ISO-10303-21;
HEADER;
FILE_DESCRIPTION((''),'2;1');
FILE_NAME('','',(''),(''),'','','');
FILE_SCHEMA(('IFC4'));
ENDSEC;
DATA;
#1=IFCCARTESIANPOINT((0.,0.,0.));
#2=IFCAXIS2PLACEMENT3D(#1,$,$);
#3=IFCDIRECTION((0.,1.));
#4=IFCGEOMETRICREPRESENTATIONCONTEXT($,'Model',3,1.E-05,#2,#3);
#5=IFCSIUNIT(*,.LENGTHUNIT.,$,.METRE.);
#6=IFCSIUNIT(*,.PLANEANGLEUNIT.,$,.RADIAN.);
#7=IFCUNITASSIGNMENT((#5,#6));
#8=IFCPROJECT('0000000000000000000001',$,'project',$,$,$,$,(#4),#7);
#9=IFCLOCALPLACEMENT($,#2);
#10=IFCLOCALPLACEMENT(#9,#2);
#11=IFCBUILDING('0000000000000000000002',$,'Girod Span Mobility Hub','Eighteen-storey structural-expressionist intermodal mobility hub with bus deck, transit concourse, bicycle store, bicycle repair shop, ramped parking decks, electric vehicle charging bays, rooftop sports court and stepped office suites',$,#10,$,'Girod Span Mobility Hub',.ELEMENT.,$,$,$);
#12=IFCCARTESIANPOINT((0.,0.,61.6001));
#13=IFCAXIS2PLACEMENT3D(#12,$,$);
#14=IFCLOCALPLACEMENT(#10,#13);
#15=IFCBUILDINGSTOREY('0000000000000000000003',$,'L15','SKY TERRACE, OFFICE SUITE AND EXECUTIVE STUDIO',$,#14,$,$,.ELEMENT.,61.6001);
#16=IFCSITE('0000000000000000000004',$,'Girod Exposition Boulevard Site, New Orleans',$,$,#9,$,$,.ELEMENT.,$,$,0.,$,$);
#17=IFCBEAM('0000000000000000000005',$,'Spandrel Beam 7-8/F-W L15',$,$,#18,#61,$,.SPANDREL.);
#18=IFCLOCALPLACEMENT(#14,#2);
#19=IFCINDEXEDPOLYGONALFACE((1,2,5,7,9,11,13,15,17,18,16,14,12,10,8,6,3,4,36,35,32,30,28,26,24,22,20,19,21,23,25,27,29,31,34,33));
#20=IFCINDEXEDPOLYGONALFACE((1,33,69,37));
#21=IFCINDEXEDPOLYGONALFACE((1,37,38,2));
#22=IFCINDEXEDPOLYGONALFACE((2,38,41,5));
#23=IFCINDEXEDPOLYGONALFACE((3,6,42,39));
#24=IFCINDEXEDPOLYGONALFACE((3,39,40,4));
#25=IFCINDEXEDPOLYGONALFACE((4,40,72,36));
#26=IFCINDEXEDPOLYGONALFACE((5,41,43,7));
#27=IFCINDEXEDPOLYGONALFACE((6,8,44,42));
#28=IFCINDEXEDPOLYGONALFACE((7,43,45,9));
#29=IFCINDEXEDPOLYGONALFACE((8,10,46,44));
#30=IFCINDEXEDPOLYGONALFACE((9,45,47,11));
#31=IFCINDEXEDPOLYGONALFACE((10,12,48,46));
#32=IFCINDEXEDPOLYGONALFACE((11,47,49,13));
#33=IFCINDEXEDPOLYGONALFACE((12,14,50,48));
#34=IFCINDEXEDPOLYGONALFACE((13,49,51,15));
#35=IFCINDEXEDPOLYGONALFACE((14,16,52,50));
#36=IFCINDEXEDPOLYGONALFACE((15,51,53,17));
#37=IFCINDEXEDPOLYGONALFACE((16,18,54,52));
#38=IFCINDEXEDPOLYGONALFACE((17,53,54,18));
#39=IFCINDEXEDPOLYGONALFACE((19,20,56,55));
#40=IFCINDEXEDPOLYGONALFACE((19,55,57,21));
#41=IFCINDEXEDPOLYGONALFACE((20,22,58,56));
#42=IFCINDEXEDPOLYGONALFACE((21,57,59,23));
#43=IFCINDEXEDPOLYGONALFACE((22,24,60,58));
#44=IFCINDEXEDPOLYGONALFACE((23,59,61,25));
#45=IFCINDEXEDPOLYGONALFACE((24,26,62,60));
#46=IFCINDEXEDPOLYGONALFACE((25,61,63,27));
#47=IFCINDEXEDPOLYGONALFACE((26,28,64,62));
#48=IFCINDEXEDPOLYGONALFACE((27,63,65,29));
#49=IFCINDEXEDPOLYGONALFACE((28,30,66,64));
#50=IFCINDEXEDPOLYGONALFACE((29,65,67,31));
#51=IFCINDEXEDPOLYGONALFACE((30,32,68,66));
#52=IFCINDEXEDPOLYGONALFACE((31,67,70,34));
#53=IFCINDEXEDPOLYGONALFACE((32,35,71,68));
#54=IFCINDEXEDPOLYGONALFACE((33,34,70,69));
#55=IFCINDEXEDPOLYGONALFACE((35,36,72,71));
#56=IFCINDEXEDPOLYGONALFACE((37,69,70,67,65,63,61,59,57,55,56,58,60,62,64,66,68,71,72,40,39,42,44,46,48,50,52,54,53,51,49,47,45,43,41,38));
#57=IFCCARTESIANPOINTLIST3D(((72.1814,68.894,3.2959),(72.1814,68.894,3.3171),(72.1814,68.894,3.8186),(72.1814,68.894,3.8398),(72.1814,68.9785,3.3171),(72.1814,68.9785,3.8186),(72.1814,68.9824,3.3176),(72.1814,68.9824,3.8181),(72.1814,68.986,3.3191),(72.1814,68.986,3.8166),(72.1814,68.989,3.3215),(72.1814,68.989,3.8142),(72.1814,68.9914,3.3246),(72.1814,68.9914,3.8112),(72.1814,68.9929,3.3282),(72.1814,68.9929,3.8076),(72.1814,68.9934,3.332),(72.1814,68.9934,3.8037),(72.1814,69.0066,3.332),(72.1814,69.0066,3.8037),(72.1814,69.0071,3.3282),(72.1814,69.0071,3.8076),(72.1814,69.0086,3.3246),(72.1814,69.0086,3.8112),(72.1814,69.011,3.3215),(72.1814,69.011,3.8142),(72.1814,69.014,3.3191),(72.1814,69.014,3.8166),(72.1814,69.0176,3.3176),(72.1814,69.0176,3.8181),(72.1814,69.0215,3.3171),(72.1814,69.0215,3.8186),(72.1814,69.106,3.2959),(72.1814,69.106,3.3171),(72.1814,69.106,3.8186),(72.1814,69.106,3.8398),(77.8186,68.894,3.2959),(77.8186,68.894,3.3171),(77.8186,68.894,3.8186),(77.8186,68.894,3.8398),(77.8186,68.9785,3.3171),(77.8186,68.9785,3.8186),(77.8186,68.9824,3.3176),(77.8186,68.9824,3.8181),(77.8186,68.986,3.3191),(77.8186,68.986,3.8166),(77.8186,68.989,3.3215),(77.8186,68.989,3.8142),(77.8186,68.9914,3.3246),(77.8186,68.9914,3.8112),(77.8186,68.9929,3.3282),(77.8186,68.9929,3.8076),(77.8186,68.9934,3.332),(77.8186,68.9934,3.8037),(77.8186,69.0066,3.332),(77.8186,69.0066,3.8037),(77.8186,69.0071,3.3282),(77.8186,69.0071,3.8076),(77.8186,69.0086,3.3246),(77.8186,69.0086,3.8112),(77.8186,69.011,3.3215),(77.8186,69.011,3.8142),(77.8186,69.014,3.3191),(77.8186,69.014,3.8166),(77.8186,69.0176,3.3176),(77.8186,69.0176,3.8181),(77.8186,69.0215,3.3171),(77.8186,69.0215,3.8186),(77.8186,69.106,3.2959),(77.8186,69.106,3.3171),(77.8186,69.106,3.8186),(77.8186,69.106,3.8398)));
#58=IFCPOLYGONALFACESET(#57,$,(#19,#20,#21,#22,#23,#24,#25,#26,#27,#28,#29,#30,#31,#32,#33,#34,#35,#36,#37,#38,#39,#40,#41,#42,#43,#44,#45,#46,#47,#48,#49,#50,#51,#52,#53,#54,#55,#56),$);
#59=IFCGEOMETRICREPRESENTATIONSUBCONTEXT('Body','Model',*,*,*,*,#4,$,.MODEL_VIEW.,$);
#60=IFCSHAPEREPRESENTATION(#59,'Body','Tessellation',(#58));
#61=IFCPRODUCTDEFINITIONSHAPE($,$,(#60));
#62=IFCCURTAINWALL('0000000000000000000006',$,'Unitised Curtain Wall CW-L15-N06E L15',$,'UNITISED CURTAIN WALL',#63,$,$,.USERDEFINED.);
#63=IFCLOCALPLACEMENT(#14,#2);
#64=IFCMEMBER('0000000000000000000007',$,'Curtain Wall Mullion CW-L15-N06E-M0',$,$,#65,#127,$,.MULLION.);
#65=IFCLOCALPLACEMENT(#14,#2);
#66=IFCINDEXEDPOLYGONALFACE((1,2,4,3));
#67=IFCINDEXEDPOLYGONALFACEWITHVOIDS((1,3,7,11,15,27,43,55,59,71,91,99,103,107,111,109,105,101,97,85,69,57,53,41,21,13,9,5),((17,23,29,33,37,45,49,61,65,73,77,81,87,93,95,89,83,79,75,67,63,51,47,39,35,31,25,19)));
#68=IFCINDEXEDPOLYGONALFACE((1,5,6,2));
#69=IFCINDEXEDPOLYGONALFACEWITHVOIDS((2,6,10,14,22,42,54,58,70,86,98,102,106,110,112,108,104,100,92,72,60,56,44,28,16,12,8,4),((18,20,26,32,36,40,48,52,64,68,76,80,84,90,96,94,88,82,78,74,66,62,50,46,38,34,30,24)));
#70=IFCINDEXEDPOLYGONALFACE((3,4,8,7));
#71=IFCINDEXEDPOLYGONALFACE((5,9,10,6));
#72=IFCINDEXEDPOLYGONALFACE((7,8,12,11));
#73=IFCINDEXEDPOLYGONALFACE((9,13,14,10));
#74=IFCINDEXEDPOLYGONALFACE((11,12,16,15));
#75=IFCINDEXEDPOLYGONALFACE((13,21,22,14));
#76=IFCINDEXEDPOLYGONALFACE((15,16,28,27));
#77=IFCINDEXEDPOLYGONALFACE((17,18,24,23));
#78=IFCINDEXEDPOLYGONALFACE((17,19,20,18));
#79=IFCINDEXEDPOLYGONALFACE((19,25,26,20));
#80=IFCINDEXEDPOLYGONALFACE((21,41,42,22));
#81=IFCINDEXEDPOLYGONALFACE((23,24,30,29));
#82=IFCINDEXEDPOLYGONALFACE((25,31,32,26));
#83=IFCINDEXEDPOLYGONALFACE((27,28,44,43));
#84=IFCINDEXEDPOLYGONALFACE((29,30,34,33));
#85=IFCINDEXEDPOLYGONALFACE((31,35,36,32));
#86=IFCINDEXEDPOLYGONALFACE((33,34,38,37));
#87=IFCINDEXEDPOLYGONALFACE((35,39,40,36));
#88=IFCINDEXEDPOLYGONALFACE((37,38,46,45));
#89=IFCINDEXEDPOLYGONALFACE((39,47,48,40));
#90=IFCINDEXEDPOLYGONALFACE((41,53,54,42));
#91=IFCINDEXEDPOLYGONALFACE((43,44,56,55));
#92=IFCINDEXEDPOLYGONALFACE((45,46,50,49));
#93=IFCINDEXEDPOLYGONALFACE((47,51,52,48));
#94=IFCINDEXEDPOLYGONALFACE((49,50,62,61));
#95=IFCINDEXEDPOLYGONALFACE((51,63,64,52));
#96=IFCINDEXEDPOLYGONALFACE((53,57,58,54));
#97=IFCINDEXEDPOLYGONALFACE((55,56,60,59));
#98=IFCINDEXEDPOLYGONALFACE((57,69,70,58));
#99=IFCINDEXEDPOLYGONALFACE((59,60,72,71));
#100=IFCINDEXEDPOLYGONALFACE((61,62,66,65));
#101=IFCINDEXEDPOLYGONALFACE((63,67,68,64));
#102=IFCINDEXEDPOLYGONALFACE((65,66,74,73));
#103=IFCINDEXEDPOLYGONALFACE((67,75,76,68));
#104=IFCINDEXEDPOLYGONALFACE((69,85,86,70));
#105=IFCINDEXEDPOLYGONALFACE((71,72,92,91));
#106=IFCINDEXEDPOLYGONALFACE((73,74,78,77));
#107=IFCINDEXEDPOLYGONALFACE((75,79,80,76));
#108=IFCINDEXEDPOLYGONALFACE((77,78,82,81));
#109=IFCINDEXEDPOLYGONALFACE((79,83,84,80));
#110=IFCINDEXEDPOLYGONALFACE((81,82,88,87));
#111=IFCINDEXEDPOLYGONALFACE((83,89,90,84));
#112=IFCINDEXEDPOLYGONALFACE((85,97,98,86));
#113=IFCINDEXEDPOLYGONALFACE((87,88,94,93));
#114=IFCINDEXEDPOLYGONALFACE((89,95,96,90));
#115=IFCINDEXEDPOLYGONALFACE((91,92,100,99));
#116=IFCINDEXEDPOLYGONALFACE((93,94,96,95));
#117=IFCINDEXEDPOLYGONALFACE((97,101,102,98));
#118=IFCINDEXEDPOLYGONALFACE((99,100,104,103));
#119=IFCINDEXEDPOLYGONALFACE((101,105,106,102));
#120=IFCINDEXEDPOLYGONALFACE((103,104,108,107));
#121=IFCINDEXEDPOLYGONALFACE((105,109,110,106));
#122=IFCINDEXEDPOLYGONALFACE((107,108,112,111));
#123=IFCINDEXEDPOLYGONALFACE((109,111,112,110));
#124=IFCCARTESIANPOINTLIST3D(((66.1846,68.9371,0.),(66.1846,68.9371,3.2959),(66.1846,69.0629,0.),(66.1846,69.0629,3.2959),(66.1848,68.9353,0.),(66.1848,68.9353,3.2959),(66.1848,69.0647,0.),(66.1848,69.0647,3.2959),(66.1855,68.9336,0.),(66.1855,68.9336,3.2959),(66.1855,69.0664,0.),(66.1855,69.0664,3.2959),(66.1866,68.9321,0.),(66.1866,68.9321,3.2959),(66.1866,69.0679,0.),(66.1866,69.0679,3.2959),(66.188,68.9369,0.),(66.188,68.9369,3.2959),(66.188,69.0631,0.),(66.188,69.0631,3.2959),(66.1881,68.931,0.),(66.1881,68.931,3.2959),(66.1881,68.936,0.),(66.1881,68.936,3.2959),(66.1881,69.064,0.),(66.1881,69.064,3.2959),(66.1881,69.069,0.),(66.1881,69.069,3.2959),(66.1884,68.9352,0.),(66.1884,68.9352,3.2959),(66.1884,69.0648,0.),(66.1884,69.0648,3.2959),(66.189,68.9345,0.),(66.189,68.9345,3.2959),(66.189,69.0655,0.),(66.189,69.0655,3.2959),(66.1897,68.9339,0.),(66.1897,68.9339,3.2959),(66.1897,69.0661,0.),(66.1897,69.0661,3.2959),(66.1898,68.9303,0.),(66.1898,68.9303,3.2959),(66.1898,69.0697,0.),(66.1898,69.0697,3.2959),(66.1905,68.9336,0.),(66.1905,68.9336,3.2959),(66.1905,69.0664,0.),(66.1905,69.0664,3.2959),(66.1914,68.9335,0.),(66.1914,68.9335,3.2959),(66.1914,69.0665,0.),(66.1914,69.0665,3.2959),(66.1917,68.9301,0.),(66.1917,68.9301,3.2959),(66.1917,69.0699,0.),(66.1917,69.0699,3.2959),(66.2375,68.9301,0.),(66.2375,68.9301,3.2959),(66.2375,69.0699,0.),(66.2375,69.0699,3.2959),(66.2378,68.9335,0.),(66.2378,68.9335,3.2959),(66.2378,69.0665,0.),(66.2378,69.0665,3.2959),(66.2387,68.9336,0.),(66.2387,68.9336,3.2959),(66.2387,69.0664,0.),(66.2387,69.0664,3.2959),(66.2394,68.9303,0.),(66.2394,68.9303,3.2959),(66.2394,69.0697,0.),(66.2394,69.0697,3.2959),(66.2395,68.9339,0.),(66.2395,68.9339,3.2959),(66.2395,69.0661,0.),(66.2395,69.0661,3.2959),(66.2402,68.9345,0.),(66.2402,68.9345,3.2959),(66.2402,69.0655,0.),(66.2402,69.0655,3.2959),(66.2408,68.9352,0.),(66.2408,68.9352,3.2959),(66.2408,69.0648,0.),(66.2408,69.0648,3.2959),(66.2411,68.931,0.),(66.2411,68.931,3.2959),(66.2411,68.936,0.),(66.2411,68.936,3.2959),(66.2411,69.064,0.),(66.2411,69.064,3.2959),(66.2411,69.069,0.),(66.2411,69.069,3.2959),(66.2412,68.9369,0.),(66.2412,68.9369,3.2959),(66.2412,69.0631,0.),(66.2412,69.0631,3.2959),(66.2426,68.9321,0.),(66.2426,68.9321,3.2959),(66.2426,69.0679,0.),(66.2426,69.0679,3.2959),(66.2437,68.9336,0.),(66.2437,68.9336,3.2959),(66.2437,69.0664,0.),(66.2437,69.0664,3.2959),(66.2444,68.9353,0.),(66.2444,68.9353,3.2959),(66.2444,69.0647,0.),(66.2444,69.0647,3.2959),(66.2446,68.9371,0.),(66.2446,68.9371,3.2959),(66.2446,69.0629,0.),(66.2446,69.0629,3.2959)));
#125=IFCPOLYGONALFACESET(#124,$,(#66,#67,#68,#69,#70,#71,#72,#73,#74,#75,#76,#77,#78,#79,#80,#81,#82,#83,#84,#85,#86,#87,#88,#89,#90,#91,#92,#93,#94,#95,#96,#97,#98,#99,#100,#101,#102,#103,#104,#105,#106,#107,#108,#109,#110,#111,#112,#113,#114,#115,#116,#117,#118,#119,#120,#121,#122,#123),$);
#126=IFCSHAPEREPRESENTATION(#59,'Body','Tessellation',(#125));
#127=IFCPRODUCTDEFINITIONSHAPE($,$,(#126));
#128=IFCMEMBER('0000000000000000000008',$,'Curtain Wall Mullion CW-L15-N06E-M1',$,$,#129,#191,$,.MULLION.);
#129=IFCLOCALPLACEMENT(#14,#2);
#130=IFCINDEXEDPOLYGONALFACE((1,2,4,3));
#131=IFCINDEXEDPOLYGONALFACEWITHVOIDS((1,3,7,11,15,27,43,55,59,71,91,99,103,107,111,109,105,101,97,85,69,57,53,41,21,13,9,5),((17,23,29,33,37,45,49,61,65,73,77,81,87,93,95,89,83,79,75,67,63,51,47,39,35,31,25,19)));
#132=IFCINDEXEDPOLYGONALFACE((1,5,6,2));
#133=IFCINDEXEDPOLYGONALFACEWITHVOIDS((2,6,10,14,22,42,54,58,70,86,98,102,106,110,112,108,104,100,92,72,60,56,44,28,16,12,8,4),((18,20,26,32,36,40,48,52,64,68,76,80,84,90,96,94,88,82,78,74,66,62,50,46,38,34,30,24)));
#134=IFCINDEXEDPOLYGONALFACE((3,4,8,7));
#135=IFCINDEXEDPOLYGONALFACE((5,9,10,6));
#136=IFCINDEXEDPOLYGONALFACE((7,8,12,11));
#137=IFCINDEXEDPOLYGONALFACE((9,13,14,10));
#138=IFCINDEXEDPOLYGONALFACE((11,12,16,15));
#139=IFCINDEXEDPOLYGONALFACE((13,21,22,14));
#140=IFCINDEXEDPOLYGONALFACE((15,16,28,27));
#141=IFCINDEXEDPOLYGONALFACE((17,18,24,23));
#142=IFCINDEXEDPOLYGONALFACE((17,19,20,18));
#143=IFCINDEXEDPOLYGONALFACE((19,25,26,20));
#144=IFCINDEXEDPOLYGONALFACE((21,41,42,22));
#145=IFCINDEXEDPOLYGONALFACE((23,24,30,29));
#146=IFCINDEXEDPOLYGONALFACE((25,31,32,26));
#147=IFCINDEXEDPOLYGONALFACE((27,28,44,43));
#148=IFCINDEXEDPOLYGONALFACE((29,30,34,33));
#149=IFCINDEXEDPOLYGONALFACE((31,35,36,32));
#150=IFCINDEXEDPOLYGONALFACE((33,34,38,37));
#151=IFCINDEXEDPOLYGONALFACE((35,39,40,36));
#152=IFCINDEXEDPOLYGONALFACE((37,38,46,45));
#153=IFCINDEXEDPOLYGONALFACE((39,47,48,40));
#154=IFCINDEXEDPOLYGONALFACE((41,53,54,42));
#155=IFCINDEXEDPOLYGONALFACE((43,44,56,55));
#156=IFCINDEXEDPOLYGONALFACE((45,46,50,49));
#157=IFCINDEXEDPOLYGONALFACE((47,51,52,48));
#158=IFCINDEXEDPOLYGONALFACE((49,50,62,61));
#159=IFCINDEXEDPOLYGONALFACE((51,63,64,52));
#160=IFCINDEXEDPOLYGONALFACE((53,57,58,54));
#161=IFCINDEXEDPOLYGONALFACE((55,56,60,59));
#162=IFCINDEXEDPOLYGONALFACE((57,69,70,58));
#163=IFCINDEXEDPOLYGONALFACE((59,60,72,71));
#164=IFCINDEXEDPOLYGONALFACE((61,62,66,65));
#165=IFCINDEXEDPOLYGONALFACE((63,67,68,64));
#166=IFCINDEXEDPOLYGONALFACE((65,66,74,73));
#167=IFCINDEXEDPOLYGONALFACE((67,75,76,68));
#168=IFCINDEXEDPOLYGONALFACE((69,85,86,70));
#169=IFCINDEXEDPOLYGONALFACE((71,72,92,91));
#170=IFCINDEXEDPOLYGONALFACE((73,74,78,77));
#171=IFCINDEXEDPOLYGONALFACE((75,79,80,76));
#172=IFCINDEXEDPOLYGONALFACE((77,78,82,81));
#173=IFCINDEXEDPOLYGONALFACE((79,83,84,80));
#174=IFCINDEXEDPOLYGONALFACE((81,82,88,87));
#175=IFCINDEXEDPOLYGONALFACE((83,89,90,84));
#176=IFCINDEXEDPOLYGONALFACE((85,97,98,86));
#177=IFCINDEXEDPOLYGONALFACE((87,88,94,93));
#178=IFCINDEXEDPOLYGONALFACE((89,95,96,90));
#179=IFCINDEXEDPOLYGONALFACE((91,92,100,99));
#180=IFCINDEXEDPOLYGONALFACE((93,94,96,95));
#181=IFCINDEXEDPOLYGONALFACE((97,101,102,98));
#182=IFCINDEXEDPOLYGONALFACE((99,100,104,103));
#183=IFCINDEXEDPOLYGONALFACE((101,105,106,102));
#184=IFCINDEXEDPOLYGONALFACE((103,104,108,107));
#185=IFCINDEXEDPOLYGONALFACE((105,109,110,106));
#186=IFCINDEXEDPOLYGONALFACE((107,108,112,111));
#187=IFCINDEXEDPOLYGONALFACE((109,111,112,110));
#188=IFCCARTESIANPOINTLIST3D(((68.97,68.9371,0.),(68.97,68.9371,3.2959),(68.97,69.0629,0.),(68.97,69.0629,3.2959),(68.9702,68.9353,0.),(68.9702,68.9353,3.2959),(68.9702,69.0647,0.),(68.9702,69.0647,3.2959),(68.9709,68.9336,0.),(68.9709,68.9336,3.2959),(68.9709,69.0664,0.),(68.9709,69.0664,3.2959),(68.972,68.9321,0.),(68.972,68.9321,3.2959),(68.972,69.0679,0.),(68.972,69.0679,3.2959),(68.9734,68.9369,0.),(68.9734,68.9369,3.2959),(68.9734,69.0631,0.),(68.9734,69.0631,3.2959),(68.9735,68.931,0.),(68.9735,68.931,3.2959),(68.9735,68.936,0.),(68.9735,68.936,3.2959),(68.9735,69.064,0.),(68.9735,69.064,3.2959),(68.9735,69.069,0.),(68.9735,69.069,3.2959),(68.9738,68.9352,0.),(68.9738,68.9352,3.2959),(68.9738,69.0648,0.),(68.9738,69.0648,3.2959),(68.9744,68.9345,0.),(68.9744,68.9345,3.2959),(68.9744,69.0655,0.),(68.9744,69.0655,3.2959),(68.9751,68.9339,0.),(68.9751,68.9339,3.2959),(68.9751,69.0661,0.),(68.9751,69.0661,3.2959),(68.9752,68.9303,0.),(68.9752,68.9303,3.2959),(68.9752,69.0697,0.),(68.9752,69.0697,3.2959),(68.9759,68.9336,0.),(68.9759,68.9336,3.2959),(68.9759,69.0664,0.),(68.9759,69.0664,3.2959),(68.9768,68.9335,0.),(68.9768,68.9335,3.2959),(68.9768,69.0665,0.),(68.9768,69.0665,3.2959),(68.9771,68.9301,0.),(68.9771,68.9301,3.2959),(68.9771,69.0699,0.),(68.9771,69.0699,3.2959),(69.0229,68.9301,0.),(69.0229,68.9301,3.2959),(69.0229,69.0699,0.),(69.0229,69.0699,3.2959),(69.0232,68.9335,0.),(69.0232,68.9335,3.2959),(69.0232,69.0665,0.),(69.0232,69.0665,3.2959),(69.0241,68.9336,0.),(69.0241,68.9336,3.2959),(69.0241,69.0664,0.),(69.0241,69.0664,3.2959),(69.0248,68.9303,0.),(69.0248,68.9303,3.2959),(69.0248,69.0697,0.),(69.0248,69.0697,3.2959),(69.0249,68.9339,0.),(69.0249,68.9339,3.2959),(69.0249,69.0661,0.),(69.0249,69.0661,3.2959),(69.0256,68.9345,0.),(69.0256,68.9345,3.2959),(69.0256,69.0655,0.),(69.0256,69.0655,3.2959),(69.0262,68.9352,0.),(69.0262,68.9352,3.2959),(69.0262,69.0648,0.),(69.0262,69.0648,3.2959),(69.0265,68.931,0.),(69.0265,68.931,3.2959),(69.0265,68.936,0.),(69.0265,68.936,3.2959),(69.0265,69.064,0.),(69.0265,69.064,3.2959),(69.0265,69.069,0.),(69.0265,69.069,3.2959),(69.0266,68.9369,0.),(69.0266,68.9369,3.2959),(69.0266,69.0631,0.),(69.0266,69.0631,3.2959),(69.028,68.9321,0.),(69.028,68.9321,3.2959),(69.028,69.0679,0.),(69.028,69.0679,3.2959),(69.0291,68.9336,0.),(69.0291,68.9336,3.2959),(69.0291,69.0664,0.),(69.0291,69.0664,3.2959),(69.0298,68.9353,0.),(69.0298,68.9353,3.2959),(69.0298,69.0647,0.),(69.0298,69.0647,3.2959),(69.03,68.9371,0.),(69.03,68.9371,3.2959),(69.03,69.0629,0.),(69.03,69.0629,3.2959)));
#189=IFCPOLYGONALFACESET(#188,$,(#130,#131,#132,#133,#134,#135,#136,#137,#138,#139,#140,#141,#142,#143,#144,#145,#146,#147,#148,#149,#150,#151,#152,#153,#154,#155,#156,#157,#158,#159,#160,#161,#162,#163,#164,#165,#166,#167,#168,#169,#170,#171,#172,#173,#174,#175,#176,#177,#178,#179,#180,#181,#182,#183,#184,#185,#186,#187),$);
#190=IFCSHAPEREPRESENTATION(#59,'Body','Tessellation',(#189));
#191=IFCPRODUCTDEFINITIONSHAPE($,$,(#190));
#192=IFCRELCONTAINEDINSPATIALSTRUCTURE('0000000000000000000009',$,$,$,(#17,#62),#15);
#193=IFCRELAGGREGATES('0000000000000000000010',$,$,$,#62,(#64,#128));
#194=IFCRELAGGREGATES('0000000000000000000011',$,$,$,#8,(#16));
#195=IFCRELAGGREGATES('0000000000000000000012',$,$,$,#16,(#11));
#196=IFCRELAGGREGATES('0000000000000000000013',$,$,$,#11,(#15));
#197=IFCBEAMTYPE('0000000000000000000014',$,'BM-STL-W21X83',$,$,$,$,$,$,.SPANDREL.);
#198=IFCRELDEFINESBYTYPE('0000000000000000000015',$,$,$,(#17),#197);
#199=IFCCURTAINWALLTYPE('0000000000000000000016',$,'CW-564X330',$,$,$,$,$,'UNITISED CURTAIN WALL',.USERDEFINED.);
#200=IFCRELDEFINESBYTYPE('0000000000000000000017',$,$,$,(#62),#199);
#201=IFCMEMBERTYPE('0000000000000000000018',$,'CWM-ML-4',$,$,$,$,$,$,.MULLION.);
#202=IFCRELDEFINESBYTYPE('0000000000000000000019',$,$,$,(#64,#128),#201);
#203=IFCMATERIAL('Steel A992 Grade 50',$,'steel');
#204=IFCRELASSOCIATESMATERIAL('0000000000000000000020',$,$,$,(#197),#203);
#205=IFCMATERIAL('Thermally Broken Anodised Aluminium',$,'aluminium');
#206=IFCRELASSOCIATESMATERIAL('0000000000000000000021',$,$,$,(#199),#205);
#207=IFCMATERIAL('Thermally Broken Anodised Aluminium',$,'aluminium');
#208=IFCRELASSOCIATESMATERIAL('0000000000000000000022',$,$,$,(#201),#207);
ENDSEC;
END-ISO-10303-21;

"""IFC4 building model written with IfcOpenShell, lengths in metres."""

from ifc_helpers import new_model, si_unit, direction, frame, origin, origin_2d, place, context, subcontext, project, spatial, hollow_rectangle, i_section, extrude, material, material_profile, profile_set, type_object, element, aggregate, save


model = new_model("IFC4")

# Units and contexts
model_context = context("Model", 3, precision=1e-05, world=origin(), true_north=direction((0.0, 1.0)))
body_context = subcontext(model_context, "Body", "Model", "MODEL_VIEW")
ifc_project = project(units=[si_unit("LENGTHUNIT", "METRE"), si_unit("PLANEANGLEUNIT", "RADIAN")], contexts=[model_context])

# Site, building, storey
site_placement = place(None, origin())
site = spatial("IfcSite", under=ifc_project, at=site_placement, Name="Girod Exposition Boulevard Site, New Orleans", CompositionType="ELEMENT", RefElevation=0.0)
building_placement = place(site_placement, origin())
building = spatial("IfcBuilding", under=site, at=building_placement, Name="Girod Span Mobility Hub", Description="Eighteen-storey structural-expressionist intermodal mobility hub with bus deck, transit concourse, bicycle store, bicycle repair shop, ramped parking decks, electric vehicle charging bays, rooftop sports court and stepped office suites", LongName="Girod Span Mobility Hub", CompositionType="ELEMENT")
storey_placement = place(building_placement, frame((0.0, 0.0, 61.6001)))
storey = spatial("IfcBuildingStorey", under=building, at=storey_placement, Name="L15", Description="SKY TERRACE, OFFICE SUITE AND EXECUTIVE STUDIO", CompositionType="ELEMENT", Elevation=61.6001)

# Beam
ifc_material_1 = material(Name="Steel A992 Grade 50", Category="steel")
ifc_material_profile_1 = material_profile(ifc_material_1, i_section(OverallWidth=0.2119, OverallDepth=0.5439, WebThickness=0.0132, FlangeThickness=0.0212, FilletRadius=0.0149, at=origin_2d()), Name="W21X83")
ifc_profile_set_1 = profile_set([ifc_material_profile_1], Name="Steel A992 Grade 50")
beam_type_1 = type_object("IfcBeamType", Name="BM-STL-W21X83", PredefinedType="SPANDREL", material=ifc_profile_set_1)
for number, where, z_axis, x_axis, name in (
    (1, (72.1814, 69.0, 3.5679), (1.0, 0.0, 0.0), (0.0, 1.0, 0.0), "Spandrel Beam 7-8/F-W L15"),
):
    element("IfcBeam", number, at=place(storey_placement, frame(where, z_axis=z_axis, x_axis=x_axis)), inside=storey, type_object=beam_type_1, Name=name, PredefinedType="SPANDREL", context=body_context, shape_type="SweptSolid", body=[
        extrude(i_section(OverallWidth=0.2119, OverallDepth=0.5439, WebThickness=0.0132, FlangeThickness=0.0212, FilletRadius=0.0149, at=origin_2d()), origin(), (0.0, 0.0, 1.0), 5.6372),
    ])

# Curtain wall, members
ifc_material_2 = material(Name="Thermally Broken Anodised Aluminium", Category="aluminium")
curtain_wall_type = type_object("IfcCurtainWallType", Name="CW-564X330", ElementType="UNITISED CURTAIN WALL", PredefinedType="USERDEFINED", material=ifc_material_2)
curtain_wall_placement = place(storey_placement, origin())
curtain_wall = element("IfcCurtainWall", 2, at=curtain_wall_placement, inside=storey, type_object=curtain_wall_type, Name="Unitised Curtain Wall CW-L15-N06E L15", ObjectType="UNITISED CURTAIN WALL", PredefinedType="USERDEFINED")
ifc_material_3 = material(Name="Thermally Broken Anodised Aluminium", Category="aluminium")
ifc_material_profile_2 = material_profile(ifc_material_3, hollow_rectangle(XDim=0.1399, YDim=0.0601, WallThickness=0.0034, InnerFilletRadius=0.0034, OuterFilletRadius=0.0071, at=origin_2d()), Name="CW-ML-60X140")
ifc_profile_set_2 = profile_set([ifc_material_profile_2], Name="Thermally Broken Anodised Aluminium")
member_type_1 = type_object("IfcMemberType", Name="CWM-ML-4", PredefinedType="MULLION", material=ifc_profile_set_2)
member_1_placement = place(storey_placement, frame((66.2146, 69.0, 0.0), z_axis=(0.0, 0.0, 1.0), x_axis=(0.0, 1.0, 0.0)))
member_1 = element("IfcMember", 3, at=member_1_placement, type_object=member_type_1, Name="Curtain Wall Mullion CW-L15-N06E-M0", PredefinedType="MULLION", context=body_context, shape_type="SweptSolid", body=[
    extrude(hollow_rectangle(XDim=0.1399, YDim=0.0601, WallThickness=0.0034, InnerFilletRadius=0.0034, OuterFilletRadius=0.0071, at=origin_2d()), origin(), (0.0, 0.0, 1.0), 3.2959),
])
member_2_placement = place(storey_placement, frame((69.0, 69.0, 0.0), z_axis=(0.0, 0.0, 1.0), x_axis=(0.0, 1.0, 0.0)))
member_2 = element("IfcMember", 4, at=member_2_placement, type_object=member_type_1, Name="Curtain Wall Mullion CW-L15-N06E-M1", PredefinedType="MULLION", context=body_context, shape_type="SweptSolid", body=[
    extrude(hollow_rectangle(XDim=0.1399, YDim=0.0601, WallThickness=0.0034, InnerFilletRadius=0.0034, OuterFilletRadius=0.0071, at=origin_2d()), origin(), (0.0, 0.0, 1.0), 3.2959),
])
aggregate(curtain_wall, [member_1, member_2])

save(model, "model.ifc")
